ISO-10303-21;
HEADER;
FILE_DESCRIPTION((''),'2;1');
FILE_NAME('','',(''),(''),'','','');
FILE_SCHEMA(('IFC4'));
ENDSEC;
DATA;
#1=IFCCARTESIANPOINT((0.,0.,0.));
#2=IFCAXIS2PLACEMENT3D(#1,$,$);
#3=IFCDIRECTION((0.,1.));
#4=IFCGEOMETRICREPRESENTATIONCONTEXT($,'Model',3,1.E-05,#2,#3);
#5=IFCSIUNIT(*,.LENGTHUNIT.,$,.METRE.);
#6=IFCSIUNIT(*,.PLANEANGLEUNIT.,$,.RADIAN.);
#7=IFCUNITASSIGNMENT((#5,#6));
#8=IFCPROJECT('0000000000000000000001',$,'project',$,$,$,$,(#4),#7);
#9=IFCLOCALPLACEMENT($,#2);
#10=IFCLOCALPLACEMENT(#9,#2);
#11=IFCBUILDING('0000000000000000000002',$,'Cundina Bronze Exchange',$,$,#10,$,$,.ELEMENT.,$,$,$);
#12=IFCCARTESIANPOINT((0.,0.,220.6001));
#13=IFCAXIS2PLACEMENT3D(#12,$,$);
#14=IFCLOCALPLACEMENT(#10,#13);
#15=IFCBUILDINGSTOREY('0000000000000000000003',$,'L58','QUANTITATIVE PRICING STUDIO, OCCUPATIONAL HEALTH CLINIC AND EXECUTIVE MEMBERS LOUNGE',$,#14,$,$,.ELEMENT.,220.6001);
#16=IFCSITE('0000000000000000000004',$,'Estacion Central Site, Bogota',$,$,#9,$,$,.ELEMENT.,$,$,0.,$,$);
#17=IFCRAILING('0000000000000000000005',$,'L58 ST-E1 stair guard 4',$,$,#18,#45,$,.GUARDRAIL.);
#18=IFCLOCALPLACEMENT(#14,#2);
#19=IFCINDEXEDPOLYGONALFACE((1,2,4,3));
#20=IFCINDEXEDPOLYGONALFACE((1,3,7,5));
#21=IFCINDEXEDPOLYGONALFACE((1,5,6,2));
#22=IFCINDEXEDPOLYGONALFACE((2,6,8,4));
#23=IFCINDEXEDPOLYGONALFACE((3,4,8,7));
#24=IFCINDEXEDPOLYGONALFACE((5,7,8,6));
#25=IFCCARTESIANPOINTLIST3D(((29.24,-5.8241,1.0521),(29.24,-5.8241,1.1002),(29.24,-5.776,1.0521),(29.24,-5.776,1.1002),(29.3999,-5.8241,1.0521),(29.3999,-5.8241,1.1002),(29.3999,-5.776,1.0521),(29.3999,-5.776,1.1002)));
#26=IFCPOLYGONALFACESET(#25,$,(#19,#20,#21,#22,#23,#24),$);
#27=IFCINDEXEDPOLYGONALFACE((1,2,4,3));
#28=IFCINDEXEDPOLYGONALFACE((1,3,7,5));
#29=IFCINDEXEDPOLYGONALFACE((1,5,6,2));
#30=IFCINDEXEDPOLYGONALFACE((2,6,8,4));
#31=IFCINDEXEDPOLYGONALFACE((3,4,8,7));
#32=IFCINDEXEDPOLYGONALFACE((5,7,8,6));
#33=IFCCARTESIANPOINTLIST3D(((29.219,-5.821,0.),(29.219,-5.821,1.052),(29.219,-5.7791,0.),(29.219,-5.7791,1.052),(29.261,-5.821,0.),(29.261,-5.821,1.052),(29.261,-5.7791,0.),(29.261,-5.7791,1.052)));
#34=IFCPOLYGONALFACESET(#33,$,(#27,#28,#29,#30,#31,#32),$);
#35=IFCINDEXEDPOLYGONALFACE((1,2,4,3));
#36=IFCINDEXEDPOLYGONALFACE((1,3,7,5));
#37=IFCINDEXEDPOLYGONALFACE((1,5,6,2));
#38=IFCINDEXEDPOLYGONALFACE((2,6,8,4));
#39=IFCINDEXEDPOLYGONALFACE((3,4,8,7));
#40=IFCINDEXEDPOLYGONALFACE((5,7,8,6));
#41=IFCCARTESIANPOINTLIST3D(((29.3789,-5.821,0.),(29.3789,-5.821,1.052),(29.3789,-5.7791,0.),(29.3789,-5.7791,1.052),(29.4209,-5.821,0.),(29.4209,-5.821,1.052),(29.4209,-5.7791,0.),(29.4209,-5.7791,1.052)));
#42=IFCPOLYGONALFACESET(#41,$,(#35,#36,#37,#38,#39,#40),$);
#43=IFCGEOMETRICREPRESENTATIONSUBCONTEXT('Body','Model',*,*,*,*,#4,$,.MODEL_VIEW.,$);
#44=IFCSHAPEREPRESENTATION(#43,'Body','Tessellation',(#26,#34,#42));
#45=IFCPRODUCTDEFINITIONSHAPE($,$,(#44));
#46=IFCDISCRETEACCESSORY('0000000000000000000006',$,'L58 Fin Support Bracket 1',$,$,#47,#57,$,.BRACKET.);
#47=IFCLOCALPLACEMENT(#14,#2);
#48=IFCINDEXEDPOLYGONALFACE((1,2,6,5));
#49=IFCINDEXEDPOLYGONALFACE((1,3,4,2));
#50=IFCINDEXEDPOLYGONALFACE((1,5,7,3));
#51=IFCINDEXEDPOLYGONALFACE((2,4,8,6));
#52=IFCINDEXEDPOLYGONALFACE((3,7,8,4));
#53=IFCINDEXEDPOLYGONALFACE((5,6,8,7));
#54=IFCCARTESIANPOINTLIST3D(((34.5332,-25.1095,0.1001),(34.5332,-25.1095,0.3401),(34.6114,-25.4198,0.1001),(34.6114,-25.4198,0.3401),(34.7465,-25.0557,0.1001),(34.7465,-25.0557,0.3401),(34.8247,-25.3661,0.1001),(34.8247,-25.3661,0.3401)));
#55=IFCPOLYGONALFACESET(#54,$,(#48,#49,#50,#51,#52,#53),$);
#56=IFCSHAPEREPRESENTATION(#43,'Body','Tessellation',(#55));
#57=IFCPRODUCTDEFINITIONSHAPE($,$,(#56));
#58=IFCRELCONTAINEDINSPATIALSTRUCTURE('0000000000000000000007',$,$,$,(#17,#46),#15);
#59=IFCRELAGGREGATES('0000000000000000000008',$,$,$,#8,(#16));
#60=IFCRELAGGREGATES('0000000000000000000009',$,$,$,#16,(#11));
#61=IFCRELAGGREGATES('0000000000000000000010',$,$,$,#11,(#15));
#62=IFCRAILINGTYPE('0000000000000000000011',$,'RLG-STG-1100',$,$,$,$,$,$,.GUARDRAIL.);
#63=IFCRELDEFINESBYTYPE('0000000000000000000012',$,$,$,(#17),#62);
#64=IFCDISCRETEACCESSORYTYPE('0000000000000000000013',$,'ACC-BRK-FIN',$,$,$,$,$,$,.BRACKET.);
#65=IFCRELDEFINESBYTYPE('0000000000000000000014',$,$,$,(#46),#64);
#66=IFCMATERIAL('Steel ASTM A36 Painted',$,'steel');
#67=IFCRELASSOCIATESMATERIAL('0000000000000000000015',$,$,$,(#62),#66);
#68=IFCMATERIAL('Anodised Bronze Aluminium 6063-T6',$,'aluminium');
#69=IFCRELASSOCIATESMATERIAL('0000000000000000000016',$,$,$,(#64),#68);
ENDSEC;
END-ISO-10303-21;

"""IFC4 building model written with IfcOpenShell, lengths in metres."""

from ifc_helpers import new_model, si_unit, direction, frame, origin, origin_2d, place, context, subcontext, project, spatial, rectangle, extrude, material, type_object, element, save


model = new_model("IFC4")

# Units and contexts
model_context = context("Model", 3, precision=1e-05, world=origin(), true_north=direction((0.0, 1.0)))
body_context = subcontext(model_context, "Body", "Model", "MODEL_VIEW")
ifc_project = project(units=[si_unit("LENGTHUNIT", "METRE"), si_unit("PLANEANGLEUNIT", "RADIAN")], contexts=[model_context])

# Site, building, storey
site_placement = place(None, origin())
site = spatial("IfcSite", under=ifc_project, at=site_placement, Name="Estacion Central Site, Bogota", CompositionType="ELEMENT", RefElevation=0.0)
building_placement = place(site_placement, origin())
building = spatial("IfcBuilding", under=site, at=building_placement, Name="Cundina Bronze Exchange", CompositionType="ELEMENT")
storey_placement = place(building_placement, frame((0.0, 0.0, 220.6001)))
storey = spatial("IfcBuildingStorey", under=building, at=storey_placement, Name="L58", Description="QUANTITATIVE PRICING STUDIO, OCCUPATIONAL HEALTH CLINIC AND EXECUTIVE MEMBERS LOUNGE", CompositionType="ELEMENT", Elevation=220.6001)

# Shared definitions
ifc_material_1 = material(Name="Anodised Bronze Aluminium 6063-T6", Category="aluminium")

# Railing
ifc_material_2 = material(Name="Steel ASTM A36 Painted", Category="steel")
railing_type_1 = type_object("IfcRailingType", Name="RLG-STG-1100", PredefinedType="GUARDRAIL", material=ifc_material_2)
railing_1_placement = place(storey_placement, frame((29.24, -5.8, 0.0)))
element("IfcRailing", 1, at=railing_1_placement, inside=storey, type_object=railing_type_1, Name="L58 ST-E1 stair guard 4", PredefinedType="GUARDRAIL", context=body_context, shape_type="SweptSolid", body=[
    extrude(rectangle(XDim=0.0481, YDim=0.0481, at=origin_2d()), frame((0.0, 0.0, 1.0762), z_axis=(1.0, 0.0, 0.0), x_axis=(0.0, 1.0, 0.0)), (0.0, 0.0, 1.0), 0.1599),
    extrude(rectangle(XDim=0.042, YDim=0.042, at=origin_2d()), origin(), (0.0, 0.0, 1.0), 1.052),
    extrude(rectangle(XDim=0.042, YDim=0.042, at=origin_2d()), frame((0.1599, 0.0, 0.0)), (0.0, 0.0, 1.0), 1.052),
])

# Discrete accessory
discrete_accessory_type = type_object("IfcDiscreteAccessoryType", Name="ACC-BRK-FIN", PredefinedType="BRACKET", material=ifc_material_1)
discrete_accessory_placement = place(storey_placement, frame((34.679, -25.2378, 0.1001), z_axis=(0.0, 0.0, 1.0), x_axis=(0.969732, 0.244174, 0.0)))
element("IfcDiscreteAccessory", 2, at=discrete_accessory_placement, inside=storey, type_object=discrete_accessory_type, Name="L58 Fin Support Bracket 1", PredefinedType="BRACKET", context=body_context, shape_type="SweptSolid", body=[
    extrude(rectangle(XDim=0.22, YDim=0.3201, at=origin_2d()), origin(), (0.0, 0.0, 1.0), 0.24),
])

save(model, "model.ifc")
